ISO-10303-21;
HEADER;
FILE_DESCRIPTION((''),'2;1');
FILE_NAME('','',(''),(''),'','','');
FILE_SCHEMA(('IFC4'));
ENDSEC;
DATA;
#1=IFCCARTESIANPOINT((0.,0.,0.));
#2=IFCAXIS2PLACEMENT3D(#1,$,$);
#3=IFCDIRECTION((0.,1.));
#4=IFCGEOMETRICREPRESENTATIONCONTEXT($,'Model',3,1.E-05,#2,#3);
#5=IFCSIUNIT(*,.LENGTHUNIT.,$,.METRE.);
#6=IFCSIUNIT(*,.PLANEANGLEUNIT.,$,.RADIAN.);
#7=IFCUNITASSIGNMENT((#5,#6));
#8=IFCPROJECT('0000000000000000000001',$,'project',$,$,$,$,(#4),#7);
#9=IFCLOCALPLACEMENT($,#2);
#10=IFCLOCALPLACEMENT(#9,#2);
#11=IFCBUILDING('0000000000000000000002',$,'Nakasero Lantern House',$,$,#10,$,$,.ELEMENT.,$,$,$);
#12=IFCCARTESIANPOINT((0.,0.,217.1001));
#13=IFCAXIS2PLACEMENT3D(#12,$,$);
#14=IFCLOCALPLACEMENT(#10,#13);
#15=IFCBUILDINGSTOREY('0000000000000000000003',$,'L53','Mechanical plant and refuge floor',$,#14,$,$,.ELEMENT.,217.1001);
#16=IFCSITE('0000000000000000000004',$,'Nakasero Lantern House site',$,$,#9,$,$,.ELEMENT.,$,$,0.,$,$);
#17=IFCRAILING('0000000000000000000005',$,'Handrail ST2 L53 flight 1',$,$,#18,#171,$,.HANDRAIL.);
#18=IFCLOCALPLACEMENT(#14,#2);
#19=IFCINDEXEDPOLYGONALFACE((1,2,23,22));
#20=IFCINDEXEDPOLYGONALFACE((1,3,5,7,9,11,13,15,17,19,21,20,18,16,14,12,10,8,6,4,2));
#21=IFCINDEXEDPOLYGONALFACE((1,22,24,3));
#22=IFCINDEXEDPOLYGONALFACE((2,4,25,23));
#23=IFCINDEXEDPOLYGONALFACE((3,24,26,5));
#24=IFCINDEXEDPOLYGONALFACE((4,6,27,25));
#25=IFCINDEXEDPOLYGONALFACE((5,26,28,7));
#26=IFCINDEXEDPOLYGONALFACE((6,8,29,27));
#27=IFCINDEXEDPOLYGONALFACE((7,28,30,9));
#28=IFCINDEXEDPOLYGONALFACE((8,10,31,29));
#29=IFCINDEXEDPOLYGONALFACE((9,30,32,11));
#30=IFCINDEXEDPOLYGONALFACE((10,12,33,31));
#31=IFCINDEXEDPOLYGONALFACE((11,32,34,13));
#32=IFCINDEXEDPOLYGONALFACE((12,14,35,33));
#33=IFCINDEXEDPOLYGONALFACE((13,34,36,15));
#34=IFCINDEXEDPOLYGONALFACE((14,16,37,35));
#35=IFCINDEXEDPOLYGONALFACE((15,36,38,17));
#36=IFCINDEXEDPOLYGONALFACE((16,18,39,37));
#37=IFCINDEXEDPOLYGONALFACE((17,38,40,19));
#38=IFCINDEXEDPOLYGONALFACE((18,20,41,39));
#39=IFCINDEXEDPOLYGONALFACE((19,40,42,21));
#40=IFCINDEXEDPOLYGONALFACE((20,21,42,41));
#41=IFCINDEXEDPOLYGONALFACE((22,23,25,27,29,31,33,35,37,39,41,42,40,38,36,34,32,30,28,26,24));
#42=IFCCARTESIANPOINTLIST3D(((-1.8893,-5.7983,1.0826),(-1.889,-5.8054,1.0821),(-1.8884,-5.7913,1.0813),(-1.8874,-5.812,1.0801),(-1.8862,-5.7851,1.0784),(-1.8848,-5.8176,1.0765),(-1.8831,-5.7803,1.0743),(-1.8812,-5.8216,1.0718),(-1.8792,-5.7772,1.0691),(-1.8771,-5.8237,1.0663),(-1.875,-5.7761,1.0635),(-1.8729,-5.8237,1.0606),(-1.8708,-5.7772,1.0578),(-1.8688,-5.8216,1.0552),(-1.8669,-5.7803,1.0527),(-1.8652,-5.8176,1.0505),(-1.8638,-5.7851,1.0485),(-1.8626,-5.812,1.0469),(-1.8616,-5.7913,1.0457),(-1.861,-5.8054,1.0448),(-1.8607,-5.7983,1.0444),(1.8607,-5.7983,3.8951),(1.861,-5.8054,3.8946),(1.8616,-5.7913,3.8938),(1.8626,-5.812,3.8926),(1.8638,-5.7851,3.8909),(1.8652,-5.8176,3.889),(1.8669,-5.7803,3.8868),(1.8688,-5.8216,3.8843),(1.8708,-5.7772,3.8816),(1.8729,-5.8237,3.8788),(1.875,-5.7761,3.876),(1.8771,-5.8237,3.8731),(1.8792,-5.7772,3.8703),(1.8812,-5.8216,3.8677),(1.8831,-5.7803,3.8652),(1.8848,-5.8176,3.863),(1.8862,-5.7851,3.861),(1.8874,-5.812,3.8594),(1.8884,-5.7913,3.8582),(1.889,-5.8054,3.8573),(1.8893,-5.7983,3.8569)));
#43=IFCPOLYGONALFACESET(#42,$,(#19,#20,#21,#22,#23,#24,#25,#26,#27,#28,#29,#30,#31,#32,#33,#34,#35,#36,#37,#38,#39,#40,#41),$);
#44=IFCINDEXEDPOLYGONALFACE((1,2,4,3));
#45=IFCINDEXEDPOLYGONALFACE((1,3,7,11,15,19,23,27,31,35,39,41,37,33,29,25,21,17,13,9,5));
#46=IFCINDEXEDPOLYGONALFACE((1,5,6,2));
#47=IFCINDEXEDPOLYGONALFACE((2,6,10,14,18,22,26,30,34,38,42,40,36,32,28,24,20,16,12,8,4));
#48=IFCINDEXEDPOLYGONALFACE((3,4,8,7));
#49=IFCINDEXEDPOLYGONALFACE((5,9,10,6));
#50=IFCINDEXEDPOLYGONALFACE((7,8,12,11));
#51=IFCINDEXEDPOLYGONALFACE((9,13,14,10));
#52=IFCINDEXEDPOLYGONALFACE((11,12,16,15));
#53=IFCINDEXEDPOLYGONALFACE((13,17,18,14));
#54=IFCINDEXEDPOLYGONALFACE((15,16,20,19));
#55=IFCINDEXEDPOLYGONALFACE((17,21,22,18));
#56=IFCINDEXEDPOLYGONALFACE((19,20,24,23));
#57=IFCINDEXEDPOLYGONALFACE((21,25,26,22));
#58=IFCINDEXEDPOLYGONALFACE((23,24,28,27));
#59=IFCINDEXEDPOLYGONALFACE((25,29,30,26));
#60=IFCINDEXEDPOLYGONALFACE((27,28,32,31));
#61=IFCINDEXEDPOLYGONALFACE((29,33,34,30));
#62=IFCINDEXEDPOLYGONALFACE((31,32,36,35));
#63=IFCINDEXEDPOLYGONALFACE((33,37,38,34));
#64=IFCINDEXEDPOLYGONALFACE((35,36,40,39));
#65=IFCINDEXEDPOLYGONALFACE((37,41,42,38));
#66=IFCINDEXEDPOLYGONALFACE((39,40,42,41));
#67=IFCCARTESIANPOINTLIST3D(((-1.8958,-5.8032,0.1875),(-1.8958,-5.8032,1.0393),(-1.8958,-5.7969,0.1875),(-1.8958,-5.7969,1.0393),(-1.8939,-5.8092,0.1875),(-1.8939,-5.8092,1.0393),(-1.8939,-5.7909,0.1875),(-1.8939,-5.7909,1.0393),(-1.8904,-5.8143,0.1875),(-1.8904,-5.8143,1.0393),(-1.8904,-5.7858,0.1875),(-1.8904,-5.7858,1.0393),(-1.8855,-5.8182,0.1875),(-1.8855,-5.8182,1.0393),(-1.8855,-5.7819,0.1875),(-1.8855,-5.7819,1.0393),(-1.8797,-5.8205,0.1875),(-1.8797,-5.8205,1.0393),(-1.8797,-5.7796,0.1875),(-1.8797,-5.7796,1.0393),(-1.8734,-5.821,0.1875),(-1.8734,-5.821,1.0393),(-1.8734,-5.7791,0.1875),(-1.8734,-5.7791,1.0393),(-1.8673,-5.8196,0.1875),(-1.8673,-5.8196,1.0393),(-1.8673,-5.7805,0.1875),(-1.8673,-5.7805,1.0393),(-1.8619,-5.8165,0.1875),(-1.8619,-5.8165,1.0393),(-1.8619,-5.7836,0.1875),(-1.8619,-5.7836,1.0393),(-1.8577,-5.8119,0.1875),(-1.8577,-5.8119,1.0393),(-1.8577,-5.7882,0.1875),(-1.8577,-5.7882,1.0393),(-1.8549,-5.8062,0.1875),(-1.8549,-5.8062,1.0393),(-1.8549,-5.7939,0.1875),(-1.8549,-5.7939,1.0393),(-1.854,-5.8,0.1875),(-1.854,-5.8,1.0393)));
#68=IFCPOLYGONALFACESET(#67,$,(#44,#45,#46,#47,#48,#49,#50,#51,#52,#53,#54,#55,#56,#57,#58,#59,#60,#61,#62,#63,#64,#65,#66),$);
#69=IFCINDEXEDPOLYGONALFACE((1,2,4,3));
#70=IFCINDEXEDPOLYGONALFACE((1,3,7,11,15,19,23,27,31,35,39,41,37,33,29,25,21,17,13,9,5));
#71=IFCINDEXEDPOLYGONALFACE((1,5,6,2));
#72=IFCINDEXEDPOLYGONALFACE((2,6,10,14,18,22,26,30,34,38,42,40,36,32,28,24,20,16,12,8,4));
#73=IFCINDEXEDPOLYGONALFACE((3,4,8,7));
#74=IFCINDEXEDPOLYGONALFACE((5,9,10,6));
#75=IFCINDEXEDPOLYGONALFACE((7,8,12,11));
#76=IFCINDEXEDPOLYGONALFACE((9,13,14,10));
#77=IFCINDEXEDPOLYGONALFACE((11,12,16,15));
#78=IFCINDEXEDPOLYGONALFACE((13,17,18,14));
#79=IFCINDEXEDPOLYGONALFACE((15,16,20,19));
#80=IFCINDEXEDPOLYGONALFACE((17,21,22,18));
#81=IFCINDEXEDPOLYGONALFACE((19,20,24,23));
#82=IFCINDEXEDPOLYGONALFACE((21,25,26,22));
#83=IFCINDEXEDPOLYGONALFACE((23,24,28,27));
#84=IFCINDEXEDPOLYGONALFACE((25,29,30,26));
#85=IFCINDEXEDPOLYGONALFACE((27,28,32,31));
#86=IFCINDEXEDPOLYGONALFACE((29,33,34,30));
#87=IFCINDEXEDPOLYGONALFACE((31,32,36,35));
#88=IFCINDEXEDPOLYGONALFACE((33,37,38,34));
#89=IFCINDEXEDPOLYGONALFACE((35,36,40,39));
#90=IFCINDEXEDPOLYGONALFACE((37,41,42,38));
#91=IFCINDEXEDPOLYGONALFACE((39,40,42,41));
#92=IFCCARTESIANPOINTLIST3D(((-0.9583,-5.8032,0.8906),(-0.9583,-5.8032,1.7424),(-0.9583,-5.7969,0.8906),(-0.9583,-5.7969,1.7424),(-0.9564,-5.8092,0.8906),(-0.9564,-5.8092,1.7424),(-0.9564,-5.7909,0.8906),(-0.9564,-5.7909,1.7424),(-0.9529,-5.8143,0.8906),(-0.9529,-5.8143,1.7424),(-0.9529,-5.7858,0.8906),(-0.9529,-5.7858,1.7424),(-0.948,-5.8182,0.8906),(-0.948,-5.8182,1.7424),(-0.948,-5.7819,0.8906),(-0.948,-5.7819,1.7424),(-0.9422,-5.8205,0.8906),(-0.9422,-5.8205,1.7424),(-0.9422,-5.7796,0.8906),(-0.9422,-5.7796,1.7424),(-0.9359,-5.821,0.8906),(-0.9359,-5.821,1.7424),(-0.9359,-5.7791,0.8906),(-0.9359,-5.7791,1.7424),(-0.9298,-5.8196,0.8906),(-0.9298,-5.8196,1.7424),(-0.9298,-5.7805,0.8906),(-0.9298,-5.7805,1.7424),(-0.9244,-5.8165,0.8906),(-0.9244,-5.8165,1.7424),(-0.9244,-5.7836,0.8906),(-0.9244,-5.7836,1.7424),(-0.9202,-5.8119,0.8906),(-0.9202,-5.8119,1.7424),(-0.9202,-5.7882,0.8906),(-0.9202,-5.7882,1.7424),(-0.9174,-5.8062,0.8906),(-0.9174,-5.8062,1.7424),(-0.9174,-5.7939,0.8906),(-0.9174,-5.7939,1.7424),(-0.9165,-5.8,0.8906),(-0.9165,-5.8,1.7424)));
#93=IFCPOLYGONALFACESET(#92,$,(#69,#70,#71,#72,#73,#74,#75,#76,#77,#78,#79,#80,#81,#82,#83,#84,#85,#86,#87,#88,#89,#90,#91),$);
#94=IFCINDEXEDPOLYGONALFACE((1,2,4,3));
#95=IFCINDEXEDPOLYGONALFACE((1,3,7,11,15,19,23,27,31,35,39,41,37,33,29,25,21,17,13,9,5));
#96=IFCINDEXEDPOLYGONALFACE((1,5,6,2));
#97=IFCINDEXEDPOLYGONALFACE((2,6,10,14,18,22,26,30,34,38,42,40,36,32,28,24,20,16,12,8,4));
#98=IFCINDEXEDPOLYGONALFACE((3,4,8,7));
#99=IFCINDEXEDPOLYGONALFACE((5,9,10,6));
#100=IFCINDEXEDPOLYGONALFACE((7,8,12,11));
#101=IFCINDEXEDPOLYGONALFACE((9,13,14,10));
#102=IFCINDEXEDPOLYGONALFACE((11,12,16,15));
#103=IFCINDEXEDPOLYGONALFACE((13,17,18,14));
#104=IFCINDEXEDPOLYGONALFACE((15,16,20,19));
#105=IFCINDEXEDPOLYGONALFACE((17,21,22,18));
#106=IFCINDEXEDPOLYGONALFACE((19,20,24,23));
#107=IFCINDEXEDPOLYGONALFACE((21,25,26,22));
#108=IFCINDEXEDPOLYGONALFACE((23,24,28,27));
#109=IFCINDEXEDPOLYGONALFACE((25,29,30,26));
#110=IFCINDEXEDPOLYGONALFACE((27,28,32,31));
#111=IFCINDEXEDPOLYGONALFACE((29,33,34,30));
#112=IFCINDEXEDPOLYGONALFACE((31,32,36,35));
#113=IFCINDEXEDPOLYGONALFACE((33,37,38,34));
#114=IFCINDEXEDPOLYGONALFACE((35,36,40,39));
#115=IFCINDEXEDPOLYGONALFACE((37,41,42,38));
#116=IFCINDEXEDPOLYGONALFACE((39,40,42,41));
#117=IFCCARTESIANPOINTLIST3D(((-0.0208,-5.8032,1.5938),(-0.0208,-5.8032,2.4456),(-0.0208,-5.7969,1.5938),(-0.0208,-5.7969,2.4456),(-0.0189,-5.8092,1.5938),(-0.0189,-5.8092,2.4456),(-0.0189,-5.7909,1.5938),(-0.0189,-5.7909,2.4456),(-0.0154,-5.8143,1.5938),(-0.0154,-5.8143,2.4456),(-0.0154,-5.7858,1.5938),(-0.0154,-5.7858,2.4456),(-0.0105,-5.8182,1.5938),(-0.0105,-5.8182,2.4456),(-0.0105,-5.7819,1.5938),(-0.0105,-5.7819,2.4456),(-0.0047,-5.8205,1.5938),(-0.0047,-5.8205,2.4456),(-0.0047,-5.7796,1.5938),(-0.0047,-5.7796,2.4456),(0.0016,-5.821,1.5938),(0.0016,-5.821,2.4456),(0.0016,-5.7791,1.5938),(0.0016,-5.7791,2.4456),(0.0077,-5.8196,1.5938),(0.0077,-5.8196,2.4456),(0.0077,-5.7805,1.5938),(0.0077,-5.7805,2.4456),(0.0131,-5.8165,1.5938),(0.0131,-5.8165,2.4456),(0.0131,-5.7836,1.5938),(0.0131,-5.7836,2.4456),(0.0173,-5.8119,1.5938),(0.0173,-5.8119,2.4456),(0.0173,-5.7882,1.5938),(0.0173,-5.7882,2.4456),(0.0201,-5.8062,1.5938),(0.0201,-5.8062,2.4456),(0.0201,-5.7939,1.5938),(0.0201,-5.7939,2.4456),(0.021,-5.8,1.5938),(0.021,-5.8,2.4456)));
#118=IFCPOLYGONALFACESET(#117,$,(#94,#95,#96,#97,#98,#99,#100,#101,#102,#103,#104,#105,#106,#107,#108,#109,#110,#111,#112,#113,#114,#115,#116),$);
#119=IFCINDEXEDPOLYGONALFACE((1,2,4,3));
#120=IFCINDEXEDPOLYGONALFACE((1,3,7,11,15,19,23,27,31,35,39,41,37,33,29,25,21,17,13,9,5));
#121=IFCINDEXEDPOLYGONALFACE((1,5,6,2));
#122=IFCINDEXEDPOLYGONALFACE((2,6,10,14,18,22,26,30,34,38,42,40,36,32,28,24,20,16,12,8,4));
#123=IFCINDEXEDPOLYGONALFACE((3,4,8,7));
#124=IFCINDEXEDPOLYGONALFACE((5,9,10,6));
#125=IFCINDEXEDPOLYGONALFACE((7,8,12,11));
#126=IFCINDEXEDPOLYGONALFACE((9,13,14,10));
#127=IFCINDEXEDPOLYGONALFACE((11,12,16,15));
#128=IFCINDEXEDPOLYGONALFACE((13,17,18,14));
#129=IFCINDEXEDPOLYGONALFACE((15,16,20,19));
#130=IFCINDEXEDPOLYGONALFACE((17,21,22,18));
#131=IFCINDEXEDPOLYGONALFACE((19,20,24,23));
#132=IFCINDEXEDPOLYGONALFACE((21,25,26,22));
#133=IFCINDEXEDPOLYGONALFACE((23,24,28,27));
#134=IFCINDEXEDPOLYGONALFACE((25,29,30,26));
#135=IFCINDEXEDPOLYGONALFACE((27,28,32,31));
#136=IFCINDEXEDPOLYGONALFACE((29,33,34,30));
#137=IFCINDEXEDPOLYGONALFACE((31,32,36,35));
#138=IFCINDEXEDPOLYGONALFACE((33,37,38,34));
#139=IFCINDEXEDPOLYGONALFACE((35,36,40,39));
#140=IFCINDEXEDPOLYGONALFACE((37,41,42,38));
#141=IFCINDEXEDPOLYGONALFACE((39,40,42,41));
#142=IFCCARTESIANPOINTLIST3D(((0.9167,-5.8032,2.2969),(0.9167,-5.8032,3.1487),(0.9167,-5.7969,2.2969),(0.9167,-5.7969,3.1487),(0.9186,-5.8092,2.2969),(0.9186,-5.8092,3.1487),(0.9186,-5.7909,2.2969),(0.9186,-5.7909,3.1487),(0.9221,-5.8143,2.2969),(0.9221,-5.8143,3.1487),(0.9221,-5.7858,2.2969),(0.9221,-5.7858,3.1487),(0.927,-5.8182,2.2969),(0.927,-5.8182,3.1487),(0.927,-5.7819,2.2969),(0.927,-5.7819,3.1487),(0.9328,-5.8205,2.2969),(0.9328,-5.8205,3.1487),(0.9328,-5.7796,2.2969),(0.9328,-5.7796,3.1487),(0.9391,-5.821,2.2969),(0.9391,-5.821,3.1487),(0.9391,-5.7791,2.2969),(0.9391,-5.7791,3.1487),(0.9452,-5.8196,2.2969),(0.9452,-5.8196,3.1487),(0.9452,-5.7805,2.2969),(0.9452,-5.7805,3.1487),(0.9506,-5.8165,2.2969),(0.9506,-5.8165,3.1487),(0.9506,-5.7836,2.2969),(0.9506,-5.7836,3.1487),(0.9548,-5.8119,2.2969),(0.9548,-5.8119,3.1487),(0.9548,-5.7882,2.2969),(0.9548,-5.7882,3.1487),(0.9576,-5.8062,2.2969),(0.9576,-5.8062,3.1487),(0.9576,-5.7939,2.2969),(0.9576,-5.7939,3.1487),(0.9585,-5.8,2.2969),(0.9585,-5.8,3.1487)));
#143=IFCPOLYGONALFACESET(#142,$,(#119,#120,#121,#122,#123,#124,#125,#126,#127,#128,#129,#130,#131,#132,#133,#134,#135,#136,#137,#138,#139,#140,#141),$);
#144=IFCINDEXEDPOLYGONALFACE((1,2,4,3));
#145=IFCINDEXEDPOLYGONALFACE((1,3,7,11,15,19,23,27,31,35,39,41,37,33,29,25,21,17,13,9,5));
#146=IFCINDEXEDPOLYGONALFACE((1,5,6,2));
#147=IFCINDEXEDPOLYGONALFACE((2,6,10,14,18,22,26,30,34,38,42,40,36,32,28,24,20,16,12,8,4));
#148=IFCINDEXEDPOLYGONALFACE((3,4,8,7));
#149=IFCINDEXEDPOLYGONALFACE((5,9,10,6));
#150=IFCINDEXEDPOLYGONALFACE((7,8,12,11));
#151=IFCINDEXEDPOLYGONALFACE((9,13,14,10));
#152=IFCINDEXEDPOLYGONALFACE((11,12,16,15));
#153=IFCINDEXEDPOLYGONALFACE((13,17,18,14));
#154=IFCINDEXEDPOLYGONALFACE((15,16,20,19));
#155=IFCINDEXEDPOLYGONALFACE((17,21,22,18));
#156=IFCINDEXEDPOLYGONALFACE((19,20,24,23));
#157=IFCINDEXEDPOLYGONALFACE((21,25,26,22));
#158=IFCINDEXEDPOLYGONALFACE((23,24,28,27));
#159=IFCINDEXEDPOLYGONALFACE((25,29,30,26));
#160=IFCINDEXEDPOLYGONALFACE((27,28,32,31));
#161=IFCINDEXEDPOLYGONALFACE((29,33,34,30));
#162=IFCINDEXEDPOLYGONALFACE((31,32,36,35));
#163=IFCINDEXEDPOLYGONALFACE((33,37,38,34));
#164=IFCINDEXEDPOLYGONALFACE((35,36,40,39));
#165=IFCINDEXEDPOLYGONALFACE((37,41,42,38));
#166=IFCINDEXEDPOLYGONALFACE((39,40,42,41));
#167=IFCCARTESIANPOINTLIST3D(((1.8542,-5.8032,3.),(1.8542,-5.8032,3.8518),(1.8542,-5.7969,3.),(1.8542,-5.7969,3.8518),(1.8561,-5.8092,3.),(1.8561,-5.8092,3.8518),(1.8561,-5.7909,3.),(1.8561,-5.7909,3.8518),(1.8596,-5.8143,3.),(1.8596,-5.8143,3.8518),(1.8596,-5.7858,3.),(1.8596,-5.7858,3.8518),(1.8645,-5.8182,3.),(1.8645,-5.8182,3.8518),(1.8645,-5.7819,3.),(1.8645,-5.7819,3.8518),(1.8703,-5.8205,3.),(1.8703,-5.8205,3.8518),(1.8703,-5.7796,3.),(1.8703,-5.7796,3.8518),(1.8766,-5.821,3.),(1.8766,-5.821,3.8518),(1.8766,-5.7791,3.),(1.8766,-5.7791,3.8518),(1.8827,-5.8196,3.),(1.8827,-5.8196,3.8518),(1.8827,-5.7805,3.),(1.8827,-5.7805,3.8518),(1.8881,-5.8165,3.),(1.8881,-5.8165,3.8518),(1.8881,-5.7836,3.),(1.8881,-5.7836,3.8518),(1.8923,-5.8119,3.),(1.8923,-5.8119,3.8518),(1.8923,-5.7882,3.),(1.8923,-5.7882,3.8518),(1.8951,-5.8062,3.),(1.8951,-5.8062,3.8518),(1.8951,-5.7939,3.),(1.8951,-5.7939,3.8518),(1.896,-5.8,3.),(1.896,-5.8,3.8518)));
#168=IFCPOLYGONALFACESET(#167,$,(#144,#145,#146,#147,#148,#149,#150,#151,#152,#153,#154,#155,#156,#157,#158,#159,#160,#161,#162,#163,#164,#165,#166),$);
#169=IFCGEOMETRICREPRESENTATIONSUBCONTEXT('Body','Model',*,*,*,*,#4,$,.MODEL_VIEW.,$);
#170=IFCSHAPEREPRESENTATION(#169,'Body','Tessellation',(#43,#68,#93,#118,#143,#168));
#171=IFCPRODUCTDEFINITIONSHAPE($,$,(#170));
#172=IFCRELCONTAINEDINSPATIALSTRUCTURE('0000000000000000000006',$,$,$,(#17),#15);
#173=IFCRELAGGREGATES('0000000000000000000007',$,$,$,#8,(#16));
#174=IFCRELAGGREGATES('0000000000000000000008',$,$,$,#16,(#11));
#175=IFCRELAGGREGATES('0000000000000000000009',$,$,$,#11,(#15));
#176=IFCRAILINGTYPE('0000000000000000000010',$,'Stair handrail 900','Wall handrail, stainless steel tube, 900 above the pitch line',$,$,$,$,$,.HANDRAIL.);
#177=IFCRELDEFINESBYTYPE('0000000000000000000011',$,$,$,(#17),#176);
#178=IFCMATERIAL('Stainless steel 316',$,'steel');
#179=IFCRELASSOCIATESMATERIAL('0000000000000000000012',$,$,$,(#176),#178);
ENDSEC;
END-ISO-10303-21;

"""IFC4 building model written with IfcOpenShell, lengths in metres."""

from ifc_helpers import new_model, si_unit, direction, frame, origin, origin_2d, place, context, subcontext, project, spatial, circle, extrude, material, type_object, element, save


model = new_model("IFC4")

# Units and contexts
model_context = context("Model", 3, precision=1e-05, world=origin(), true_north=direction((0.0, 1.0)))
body_context = subcontext(model_context, "Body", "Model", "MODEL_VIEW")
ifc_project = project(units=[si_unit("LENGTHUNIT", "METRE"), si_unit("PLANEANGLEUNIT", "RADIAN")], contexts=[model_context])

# Site, building, storey
site_placement = place(None, origin())
site = spatial("IfcSite", under=ifc_project, at=site_placement, Name="Nakasero Lantern House site", CompositionType="ELEMENT", RefElevation=0.0)
building_placement = place(site_placement, origin())
building = spatial("IfcBuilding", under=site, at=building_placement, Name="Nakasero Lantern House", CompositionType="ELEMENT")
storey_placement = place(building_placement, frame((0.0, 0.0, 217.1001)))
storey = spatial("IfcBuildingStorey", under=building, at=storey_placement, Name="L53", Description="Mechanical plant and refuge floor", CompositionType="ELEMENT", Elevation=217.1001)

# Railing
ifc_material_1 = material(Name="Stainless steel 316", Category="steel")
railing_type = type_object("IfcRailingType", Name="Stair handrail 900", Description="Wall handrail, stainless steel tube, 900 above the pitch line", PredefinedType="HANDRAIL", material=ifc_material_1)
railing_placement = place(storey_placement, frame((-1.875, -5.8, 0.1875)))
element("IfcRailing", 1, at=railing_placement, inside=storey, type_object=railing_type, Name="Handrail ST2 L53 flight 1", PredefinedType="HANDRAIL", context=body_context, shape_type="SweptSolid", body=[
    extrude(circle(Radius=0.0239, at=origin_2d()), frame((0.0, 0.0, 0.876), z_axis=(0.8, 0.0, 0.6), x_axis=(0.0, 1.0, 0.0)), (0.0, 0.0, 1.0), 4.6875),
    extrude(circle(Radius=0.021, at=origin_2d()), origin(), (0.0, 0.0, 1.0), 0.8518),
    extrude(circle(Radius=0.021, at=origin_2d()), frame((0.9375, 0.0, 0.7031)), (0.0, 0.0, 1.0), 0.8518),
    extrude(circle(Radius=0.021, at=origin_2d()), frame((1.875, 0.0, 1.4062)), (0.0, 0.0, 1.0), 0.8518),
    extrude(circle(Radius=0.021, at=origin_2d()), frame((2.8125, 0.0, 2.1094)), (0.0, 0.0, 1.0), 0.8518),
    extrude(circle(Radius=0.021, at=origin_2d()), frame((3.75, 0.0, 2.8125)), (0.0, 0.0, 1.0), 0.8518),
])

save(model, "model.ifc")
